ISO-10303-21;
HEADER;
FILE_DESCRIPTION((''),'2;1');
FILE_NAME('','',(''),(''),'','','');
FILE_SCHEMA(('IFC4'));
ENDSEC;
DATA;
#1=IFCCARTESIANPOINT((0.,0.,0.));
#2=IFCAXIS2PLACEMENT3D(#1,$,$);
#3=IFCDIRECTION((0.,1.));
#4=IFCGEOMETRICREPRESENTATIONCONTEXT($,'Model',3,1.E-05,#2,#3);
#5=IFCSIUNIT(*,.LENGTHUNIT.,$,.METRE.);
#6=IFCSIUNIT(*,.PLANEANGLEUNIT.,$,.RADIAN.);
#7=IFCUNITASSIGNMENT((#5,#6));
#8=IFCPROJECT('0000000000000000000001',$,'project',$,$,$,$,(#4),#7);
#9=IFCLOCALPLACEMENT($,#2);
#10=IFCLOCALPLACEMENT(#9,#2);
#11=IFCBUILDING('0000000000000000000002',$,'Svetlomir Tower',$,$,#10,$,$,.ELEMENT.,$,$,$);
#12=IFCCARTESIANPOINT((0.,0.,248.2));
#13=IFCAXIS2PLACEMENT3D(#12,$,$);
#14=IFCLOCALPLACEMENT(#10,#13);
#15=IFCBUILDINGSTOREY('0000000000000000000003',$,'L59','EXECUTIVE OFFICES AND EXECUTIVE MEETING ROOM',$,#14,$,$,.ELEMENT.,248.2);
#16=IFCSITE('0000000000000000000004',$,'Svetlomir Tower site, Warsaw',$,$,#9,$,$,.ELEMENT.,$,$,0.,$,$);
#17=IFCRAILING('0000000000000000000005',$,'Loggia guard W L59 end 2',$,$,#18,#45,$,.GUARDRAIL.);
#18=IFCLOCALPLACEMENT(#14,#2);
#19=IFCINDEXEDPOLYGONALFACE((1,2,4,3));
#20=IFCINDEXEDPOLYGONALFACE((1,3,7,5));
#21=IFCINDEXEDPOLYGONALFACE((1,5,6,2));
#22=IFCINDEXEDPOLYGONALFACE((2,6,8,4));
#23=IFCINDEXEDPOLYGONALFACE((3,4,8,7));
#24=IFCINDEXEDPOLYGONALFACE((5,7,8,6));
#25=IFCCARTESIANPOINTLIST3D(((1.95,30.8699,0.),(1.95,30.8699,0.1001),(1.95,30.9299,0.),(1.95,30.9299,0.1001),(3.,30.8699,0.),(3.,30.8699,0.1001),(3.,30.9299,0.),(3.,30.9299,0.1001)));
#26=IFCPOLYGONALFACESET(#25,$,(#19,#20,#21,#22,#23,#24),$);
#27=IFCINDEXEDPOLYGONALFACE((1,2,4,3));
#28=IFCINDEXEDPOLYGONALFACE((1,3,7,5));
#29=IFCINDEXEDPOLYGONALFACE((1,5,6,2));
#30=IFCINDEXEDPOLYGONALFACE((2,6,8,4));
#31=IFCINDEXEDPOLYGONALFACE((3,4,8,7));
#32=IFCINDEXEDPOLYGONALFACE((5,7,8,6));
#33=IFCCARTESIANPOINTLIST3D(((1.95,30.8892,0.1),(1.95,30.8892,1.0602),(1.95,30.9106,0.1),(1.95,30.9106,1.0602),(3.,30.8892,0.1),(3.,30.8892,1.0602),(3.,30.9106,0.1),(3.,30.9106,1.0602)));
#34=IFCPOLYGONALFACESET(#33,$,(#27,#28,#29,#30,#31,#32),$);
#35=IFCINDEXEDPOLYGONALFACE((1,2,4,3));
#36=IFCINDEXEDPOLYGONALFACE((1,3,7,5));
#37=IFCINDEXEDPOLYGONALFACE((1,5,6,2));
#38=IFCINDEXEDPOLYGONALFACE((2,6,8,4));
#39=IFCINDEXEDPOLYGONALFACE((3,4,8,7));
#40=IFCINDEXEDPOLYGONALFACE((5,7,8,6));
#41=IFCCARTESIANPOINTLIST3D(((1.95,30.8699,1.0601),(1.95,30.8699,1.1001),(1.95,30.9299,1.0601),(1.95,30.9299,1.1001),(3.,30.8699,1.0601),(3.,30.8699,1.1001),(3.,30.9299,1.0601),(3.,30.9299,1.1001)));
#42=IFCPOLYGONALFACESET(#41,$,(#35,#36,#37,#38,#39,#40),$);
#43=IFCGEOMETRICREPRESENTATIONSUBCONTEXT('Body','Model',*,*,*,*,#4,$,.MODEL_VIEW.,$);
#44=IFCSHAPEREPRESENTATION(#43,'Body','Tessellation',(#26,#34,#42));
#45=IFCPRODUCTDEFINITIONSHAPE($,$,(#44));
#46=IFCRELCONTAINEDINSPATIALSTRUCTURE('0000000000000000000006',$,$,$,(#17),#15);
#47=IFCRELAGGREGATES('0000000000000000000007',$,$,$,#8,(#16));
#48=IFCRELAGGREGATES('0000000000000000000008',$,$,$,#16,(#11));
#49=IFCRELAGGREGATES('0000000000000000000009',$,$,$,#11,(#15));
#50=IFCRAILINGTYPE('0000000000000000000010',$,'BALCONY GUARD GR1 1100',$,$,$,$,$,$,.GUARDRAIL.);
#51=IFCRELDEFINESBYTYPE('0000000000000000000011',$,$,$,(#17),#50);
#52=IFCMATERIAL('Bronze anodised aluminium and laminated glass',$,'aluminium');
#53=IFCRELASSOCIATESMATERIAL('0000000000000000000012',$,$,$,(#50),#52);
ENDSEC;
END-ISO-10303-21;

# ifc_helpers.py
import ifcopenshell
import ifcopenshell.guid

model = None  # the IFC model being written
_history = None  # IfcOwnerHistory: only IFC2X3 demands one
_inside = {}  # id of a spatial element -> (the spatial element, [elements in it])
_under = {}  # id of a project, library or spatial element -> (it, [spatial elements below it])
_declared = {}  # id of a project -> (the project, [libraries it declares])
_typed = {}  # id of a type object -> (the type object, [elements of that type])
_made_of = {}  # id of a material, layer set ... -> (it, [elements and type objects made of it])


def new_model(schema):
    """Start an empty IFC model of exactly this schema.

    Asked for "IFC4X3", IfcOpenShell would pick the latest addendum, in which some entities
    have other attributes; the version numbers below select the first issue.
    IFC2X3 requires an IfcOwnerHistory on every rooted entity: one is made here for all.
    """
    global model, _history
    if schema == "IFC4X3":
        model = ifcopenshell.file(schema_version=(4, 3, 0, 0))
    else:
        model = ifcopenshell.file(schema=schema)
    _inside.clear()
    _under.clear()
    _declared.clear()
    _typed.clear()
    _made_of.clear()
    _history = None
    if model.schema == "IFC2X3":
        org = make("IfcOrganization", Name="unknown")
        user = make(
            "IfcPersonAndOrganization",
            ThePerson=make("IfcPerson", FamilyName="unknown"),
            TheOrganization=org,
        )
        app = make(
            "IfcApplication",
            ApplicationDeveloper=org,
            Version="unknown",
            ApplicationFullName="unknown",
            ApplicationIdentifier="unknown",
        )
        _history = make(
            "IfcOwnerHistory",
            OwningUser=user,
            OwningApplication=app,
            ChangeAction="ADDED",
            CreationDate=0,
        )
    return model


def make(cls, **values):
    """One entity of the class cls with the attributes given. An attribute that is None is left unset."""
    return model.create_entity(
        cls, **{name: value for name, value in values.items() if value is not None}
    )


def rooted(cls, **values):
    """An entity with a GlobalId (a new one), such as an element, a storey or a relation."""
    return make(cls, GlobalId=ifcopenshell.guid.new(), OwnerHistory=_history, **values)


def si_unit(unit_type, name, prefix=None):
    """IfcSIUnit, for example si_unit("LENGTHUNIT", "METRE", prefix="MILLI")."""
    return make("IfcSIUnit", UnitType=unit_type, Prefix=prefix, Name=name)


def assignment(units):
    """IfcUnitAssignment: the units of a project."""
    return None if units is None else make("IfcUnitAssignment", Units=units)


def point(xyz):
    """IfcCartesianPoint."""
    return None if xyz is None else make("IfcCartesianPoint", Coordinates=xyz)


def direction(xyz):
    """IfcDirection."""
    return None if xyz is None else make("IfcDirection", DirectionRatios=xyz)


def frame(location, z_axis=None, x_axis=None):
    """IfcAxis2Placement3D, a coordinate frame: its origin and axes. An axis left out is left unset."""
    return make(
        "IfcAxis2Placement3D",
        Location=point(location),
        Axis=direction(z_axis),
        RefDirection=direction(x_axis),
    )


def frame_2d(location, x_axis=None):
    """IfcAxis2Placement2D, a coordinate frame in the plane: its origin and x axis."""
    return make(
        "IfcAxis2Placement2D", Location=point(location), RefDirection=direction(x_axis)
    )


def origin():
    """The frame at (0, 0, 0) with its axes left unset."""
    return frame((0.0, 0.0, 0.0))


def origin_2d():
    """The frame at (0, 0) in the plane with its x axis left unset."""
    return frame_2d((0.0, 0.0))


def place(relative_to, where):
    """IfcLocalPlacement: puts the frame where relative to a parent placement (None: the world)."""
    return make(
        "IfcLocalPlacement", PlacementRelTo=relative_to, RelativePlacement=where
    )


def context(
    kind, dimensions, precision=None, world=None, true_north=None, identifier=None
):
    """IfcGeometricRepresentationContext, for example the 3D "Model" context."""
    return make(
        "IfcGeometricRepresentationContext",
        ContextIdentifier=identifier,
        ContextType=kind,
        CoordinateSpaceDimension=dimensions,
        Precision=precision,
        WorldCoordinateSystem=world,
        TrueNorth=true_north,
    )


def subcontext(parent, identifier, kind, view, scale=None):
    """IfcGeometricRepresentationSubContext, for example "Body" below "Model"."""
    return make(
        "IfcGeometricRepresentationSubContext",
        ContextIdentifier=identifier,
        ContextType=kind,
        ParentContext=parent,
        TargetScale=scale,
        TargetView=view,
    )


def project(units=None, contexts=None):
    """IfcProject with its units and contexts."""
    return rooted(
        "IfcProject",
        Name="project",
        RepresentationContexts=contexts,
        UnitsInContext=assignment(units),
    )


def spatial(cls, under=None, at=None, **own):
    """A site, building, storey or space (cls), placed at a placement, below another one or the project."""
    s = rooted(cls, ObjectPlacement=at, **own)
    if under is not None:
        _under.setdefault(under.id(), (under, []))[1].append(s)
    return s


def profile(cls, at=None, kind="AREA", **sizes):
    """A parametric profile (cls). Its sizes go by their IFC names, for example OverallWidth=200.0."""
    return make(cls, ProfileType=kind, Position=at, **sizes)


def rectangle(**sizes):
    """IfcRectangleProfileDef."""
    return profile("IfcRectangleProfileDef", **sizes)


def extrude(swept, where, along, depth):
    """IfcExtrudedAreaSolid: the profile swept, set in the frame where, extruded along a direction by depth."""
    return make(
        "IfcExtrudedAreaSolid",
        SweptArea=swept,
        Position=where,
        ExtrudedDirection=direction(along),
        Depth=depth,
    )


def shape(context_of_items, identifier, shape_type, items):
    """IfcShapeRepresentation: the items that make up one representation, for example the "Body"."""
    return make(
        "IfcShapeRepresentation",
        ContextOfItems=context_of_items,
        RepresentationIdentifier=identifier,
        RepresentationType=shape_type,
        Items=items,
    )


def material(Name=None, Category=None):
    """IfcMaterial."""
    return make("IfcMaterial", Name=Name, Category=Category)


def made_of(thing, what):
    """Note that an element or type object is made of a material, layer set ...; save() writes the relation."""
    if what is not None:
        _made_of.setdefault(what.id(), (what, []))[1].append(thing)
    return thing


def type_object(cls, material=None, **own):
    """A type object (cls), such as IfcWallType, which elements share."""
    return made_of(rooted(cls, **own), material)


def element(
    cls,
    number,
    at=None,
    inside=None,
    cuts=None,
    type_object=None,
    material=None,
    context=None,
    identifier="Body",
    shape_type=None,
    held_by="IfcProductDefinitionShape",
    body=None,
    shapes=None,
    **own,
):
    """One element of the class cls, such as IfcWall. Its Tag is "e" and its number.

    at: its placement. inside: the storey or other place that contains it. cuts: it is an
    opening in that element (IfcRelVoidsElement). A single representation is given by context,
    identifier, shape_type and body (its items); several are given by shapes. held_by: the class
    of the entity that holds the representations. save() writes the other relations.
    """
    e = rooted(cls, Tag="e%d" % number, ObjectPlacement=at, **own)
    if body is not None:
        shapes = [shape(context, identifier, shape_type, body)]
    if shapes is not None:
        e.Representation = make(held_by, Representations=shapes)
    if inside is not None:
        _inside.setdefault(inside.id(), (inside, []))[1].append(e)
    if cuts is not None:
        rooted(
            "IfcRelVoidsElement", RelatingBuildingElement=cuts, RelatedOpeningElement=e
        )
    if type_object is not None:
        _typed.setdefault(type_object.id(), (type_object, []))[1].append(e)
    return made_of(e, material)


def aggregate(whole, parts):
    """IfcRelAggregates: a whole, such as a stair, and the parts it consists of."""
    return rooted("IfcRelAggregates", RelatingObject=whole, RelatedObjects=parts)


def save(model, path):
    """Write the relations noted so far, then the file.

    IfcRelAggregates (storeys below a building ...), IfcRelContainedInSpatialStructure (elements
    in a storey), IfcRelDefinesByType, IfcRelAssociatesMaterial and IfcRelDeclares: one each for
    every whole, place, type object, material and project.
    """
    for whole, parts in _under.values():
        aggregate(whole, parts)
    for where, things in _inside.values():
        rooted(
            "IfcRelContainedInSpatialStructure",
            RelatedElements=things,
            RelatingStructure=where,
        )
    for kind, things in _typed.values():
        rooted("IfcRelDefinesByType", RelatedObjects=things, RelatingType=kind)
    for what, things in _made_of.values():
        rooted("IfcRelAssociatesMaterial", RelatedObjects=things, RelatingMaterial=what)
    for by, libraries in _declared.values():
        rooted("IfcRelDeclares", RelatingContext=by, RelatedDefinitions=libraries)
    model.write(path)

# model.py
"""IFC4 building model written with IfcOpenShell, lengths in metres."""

from ifc_helpers import new_model, si_unit, direction, frame, origin, origin_2d, place, context, subcontext, project, spatial, rectangle, extrude, material, type_object, element, save


model = new_model("IFC4")

# Units and contexts
model_context = context("Model", 3, precision=1e-05, world=origin(), true_north=direction((0.0, 1.0)))
body_context = subcontext(model_context, "Body", "Model", "MODEL_VIEW")
ifc_project = project(units=[si_unit("LENGTHUNIT", "METRE"), si_unit("PLANEANGLEUNIT", "RADIAN")], contexts=[model_context])

# Site, building, storey
site_placement = place(None, origin())
site = spatial("IfcSite", under=ifc_project, at=site_placement, Name="Svetlomir Tower site, Warsaw", CompositionType="ELEMENT", RefElevation=0.0)
building_placement = place(site_placement, origin())
building = spatial("IfcBuilding", under=site, at=building_placement, Name="Svetlomir Tower", CompositionType="ELEMENT")
storey_placement = place(building_placement, frame((0.0, 0.0, 248.2)))
storey = spatial("IfcBuildingStorey", under=building, at=storey_placement, Name="L59", Description="EXECUTIVE OFFICES AND EXECUTIVE MEETING ROOM", CompositionType="ELEMENT", Elevation=248.2)

# Railing
ifc_material_1 = material(Name="Bronze anodised aluminium and laminated glass", Category="aluminium")
railing_type = type_object("IfcRailingType", Name="BALCONY GUARD GR1 1100", PredefinedType="GUARDRAIL", material=ifc_material_1)
railing_1_placement = place(storey_placement, frame((1.95, 30.8999, 0.0)))
element("IfcRailing", 1, at=railing_1_placement, inside=storey, type_object=railing_type, Name="Loggia guard W L59 end 2", PredefinedType="GUARDRAIL", context=body_context, shape_type="SweptSolid", body=[
    extrude(rectangle(XDim=0.0601, YDim=0.1001, at=origin_2d()), frame((0.0, 0.0, 0.05), z_axis=(1.0, 0.0, 0.0), x_axis=(0.0, 1.0, 0.0)), (0.0, 0.0, 1.0), 1.05),
    extrude(rectangle(XDim=0.0215, YDim=0.9602, at=origin_2d()), frame((0.0, 0.0, 0.5801), z_axis=(1.0, 0.0, 0.0), x_axis=(0.0, 1.0, 0.0)), (0.0, 0.0, 1.0), 1.05),
    extrude(rectangle(XDim=0.0601, YDim=0.04, at=origin_2d()), frame((0.0, 0.0, 1.0801), z_axis=(1.0, 0.0, 0.0), x_axis=(0.0, 1.0, 0.0)), (0.0, 0.0, 1.0), 1.05),
])

save(model, "model.ifc")
